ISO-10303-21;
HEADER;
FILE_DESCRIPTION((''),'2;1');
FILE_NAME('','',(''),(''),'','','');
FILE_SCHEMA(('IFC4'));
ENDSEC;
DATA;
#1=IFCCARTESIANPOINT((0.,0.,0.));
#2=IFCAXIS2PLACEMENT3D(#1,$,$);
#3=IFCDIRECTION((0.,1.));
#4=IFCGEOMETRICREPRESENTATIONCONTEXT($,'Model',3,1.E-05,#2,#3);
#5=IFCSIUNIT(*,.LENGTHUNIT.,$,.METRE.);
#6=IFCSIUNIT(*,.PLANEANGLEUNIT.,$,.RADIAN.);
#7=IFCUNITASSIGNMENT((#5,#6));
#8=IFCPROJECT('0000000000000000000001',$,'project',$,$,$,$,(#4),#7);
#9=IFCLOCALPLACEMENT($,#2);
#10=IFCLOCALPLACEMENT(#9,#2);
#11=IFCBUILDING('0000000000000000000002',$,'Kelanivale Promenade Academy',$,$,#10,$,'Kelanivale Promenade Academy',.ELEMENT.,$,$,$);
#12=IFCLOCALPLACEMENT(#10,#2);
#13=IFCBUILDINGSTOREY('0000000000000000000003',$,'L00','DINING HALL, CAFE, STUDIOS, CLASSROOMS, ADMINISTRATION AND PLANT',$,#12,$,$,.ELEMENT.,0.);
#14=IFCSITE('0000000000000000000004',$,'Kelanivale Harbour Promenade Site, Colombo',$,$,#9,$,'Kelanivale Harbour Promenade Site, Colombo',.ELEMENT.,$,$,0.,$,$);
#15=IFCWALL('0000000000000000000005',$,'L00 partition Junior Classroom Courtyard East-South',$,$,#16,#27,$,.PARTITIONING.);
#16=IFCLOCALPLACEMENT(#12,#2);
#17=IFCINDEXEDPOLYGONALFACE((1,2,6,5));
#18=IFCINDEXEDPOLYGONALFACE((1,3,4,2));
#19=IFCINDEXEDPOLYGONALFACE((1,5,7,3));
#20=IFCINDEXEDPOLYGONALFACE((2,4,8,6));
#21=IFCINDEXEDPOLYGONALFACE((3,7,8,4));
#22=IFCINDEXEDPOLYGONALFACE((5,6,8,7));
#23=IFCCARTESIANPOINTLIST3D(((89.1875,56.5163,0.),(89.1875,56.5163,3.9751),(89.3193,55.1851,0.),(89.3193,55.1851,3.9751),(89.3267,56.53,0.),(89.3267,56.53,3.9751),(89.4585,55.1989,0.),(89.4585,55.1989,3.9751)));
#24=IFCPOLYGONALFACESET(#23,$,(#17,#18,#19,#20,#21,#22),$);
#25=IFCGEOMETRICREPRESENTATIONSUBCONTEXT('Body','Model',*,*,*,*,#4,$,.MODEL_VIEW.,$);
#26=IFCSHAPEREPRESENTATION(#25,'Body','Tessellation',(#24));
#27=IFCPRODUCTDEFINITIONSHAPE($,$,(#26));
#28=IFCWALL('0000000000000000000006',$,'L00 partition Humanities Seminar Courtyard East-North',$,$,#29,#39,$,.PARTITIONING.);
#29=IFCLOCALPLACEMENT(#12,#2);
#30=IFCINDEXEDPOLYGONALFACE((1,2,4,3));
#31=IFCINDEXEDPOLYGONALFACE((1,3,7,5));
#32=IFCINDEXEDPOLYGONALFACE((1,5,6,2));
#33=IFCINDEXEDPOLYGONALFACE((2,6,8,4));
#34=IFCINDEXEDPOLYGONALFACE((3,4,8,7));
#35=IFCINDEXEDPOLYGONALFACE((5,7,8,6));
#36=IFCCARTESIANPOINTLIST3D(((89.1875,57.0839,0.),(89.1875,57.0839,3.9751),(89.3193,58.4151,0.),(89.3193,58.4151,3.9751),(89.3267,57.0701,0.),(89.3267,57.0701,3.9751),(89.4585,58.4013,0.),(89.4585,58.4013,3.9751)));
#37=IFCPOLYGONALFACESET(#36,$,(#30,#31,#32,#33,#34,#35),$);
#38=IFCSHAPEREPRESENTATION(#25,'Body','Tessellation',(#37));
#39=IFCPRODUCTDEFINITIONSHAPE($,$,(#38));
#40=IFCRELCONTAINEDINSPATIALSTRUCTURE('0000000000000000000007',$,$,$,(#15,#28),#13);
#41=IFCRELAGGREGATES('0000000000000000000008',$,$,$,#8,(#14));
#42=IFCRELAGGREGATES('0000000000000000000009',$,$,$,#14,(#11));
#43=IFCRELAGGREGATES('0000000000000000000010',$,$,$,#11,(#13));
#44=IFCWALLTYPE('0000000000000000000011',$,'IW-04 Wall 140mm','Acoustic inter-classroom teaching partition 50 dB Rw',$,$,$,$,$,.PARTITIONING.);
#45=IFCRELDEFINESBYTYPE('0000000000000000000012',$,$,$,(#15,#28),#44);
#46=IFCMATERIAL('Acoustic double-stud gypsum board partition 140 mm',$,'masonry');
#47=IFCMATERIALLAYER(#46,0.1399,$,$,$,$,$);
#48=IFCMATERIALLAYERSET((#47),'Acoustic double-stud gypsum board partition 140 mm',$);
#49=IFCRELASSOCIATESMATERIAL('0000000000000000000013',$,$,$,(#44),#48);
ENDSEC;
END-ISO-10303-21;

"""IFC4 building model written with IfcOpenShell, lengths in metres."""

from ifc_helpers import new_model, si_unit, direction, frame, frame_2d, origin, place, context, subcontext, project, spatial, rectangle, extrude, material, layer, layer_set, type_object, element, save


model = new_model("IFC4")

# Units and contexts
model_context = context("Model", 3, precision=1e-05, world=origin(), true_north=direction((0.0, 1.0)))
body_context = subcontext(model_context, "Body", "Model", "MODEL_VIEW")
ifc_project = project(units=[si_unit("LENGTHUNIT", "METRE"), si_unit("PLANEANGLEUNIT", "RADIAN")], contexts=[model_context])

# Site, building, storey
site_placement = place(None, origin())
site = spatial("IfcSite", under=ifc_project, at=site_placement, Name="Kelanivale Harbour Promenade Site, Colombo", LongName="Kelanivale Harbour Promenade Site, Colombo", CompositionType="ELEMENT", RefElevation=0.0)
building_placement = place(site_placement, origin())
building = spatial("IfcBuilding", under=site, at=building_placement, Name="Kelanivale Promenade Academy", LongName="Kelanivale Promenade Academy", CompositionType="ELEMENT")
storey_placement = place(building_placement, origin())
storey = spatial("IfcBuildingStorey", under=building, at=storey_placement, Name="L00", Description="DINING HALL, CAFE, STUDIOS, CLASSROOMS, ADMINISTRATION AND PLANT", CompositionType="ELEMENT", Elevation=0.0)

# Walls
ifc_material_1 = material(Name="Acoustic double-stud gypsum board partition 140 mm", Category="masonry")
ifc_layer_1 = layer(ifc_material_1, 0.1399)
ifc_layer_set_1 = layer_set([ifc_layer_1], Name="Acoustic double-stud gypsum board partition 140 mm")
wall_type = type_object("IfcWallType", Name="IW-04 Wall 140mm", Description="Acoustic inter-classroom teaching partition 50 dB Rw", PredefinedType="PARTITIONING", material=ifc_layer_set_1)
for number, where, z_axis, x_axis, name in (
    (1, (89.3889, 55.1919, 0.0), (0.0, 0.0, 1.0), (-0.098564, 0.995131, 0.0), "L00 partition Junior Classroom Courtyard East-South"),
    (2, (89.2571, 57.0769, 0.0), (0.0, 0.0, 1.0), (0.098564, 0.995131, 0.0), "L00 partition Humanities Seminar Courtyard East-North"),
):
    element("IfcWall", number, at=place(storey_placement, frame(where, z_axis=z_axis, x_axis=x_axis)), inside=storey, type_object=wall_type, Name=name, PredefinedType="PARTITIONING", context=body_context, shape_type="SweptSolid", body=[
        extrude(rectangle(XDim=1.3376, YDim=0.1399, at=frame_2d((0.6689, 0.0))), origin(), (0.0, 0.0, 1.0), 3.9751),
    ])

save(model, "model.ifc")
